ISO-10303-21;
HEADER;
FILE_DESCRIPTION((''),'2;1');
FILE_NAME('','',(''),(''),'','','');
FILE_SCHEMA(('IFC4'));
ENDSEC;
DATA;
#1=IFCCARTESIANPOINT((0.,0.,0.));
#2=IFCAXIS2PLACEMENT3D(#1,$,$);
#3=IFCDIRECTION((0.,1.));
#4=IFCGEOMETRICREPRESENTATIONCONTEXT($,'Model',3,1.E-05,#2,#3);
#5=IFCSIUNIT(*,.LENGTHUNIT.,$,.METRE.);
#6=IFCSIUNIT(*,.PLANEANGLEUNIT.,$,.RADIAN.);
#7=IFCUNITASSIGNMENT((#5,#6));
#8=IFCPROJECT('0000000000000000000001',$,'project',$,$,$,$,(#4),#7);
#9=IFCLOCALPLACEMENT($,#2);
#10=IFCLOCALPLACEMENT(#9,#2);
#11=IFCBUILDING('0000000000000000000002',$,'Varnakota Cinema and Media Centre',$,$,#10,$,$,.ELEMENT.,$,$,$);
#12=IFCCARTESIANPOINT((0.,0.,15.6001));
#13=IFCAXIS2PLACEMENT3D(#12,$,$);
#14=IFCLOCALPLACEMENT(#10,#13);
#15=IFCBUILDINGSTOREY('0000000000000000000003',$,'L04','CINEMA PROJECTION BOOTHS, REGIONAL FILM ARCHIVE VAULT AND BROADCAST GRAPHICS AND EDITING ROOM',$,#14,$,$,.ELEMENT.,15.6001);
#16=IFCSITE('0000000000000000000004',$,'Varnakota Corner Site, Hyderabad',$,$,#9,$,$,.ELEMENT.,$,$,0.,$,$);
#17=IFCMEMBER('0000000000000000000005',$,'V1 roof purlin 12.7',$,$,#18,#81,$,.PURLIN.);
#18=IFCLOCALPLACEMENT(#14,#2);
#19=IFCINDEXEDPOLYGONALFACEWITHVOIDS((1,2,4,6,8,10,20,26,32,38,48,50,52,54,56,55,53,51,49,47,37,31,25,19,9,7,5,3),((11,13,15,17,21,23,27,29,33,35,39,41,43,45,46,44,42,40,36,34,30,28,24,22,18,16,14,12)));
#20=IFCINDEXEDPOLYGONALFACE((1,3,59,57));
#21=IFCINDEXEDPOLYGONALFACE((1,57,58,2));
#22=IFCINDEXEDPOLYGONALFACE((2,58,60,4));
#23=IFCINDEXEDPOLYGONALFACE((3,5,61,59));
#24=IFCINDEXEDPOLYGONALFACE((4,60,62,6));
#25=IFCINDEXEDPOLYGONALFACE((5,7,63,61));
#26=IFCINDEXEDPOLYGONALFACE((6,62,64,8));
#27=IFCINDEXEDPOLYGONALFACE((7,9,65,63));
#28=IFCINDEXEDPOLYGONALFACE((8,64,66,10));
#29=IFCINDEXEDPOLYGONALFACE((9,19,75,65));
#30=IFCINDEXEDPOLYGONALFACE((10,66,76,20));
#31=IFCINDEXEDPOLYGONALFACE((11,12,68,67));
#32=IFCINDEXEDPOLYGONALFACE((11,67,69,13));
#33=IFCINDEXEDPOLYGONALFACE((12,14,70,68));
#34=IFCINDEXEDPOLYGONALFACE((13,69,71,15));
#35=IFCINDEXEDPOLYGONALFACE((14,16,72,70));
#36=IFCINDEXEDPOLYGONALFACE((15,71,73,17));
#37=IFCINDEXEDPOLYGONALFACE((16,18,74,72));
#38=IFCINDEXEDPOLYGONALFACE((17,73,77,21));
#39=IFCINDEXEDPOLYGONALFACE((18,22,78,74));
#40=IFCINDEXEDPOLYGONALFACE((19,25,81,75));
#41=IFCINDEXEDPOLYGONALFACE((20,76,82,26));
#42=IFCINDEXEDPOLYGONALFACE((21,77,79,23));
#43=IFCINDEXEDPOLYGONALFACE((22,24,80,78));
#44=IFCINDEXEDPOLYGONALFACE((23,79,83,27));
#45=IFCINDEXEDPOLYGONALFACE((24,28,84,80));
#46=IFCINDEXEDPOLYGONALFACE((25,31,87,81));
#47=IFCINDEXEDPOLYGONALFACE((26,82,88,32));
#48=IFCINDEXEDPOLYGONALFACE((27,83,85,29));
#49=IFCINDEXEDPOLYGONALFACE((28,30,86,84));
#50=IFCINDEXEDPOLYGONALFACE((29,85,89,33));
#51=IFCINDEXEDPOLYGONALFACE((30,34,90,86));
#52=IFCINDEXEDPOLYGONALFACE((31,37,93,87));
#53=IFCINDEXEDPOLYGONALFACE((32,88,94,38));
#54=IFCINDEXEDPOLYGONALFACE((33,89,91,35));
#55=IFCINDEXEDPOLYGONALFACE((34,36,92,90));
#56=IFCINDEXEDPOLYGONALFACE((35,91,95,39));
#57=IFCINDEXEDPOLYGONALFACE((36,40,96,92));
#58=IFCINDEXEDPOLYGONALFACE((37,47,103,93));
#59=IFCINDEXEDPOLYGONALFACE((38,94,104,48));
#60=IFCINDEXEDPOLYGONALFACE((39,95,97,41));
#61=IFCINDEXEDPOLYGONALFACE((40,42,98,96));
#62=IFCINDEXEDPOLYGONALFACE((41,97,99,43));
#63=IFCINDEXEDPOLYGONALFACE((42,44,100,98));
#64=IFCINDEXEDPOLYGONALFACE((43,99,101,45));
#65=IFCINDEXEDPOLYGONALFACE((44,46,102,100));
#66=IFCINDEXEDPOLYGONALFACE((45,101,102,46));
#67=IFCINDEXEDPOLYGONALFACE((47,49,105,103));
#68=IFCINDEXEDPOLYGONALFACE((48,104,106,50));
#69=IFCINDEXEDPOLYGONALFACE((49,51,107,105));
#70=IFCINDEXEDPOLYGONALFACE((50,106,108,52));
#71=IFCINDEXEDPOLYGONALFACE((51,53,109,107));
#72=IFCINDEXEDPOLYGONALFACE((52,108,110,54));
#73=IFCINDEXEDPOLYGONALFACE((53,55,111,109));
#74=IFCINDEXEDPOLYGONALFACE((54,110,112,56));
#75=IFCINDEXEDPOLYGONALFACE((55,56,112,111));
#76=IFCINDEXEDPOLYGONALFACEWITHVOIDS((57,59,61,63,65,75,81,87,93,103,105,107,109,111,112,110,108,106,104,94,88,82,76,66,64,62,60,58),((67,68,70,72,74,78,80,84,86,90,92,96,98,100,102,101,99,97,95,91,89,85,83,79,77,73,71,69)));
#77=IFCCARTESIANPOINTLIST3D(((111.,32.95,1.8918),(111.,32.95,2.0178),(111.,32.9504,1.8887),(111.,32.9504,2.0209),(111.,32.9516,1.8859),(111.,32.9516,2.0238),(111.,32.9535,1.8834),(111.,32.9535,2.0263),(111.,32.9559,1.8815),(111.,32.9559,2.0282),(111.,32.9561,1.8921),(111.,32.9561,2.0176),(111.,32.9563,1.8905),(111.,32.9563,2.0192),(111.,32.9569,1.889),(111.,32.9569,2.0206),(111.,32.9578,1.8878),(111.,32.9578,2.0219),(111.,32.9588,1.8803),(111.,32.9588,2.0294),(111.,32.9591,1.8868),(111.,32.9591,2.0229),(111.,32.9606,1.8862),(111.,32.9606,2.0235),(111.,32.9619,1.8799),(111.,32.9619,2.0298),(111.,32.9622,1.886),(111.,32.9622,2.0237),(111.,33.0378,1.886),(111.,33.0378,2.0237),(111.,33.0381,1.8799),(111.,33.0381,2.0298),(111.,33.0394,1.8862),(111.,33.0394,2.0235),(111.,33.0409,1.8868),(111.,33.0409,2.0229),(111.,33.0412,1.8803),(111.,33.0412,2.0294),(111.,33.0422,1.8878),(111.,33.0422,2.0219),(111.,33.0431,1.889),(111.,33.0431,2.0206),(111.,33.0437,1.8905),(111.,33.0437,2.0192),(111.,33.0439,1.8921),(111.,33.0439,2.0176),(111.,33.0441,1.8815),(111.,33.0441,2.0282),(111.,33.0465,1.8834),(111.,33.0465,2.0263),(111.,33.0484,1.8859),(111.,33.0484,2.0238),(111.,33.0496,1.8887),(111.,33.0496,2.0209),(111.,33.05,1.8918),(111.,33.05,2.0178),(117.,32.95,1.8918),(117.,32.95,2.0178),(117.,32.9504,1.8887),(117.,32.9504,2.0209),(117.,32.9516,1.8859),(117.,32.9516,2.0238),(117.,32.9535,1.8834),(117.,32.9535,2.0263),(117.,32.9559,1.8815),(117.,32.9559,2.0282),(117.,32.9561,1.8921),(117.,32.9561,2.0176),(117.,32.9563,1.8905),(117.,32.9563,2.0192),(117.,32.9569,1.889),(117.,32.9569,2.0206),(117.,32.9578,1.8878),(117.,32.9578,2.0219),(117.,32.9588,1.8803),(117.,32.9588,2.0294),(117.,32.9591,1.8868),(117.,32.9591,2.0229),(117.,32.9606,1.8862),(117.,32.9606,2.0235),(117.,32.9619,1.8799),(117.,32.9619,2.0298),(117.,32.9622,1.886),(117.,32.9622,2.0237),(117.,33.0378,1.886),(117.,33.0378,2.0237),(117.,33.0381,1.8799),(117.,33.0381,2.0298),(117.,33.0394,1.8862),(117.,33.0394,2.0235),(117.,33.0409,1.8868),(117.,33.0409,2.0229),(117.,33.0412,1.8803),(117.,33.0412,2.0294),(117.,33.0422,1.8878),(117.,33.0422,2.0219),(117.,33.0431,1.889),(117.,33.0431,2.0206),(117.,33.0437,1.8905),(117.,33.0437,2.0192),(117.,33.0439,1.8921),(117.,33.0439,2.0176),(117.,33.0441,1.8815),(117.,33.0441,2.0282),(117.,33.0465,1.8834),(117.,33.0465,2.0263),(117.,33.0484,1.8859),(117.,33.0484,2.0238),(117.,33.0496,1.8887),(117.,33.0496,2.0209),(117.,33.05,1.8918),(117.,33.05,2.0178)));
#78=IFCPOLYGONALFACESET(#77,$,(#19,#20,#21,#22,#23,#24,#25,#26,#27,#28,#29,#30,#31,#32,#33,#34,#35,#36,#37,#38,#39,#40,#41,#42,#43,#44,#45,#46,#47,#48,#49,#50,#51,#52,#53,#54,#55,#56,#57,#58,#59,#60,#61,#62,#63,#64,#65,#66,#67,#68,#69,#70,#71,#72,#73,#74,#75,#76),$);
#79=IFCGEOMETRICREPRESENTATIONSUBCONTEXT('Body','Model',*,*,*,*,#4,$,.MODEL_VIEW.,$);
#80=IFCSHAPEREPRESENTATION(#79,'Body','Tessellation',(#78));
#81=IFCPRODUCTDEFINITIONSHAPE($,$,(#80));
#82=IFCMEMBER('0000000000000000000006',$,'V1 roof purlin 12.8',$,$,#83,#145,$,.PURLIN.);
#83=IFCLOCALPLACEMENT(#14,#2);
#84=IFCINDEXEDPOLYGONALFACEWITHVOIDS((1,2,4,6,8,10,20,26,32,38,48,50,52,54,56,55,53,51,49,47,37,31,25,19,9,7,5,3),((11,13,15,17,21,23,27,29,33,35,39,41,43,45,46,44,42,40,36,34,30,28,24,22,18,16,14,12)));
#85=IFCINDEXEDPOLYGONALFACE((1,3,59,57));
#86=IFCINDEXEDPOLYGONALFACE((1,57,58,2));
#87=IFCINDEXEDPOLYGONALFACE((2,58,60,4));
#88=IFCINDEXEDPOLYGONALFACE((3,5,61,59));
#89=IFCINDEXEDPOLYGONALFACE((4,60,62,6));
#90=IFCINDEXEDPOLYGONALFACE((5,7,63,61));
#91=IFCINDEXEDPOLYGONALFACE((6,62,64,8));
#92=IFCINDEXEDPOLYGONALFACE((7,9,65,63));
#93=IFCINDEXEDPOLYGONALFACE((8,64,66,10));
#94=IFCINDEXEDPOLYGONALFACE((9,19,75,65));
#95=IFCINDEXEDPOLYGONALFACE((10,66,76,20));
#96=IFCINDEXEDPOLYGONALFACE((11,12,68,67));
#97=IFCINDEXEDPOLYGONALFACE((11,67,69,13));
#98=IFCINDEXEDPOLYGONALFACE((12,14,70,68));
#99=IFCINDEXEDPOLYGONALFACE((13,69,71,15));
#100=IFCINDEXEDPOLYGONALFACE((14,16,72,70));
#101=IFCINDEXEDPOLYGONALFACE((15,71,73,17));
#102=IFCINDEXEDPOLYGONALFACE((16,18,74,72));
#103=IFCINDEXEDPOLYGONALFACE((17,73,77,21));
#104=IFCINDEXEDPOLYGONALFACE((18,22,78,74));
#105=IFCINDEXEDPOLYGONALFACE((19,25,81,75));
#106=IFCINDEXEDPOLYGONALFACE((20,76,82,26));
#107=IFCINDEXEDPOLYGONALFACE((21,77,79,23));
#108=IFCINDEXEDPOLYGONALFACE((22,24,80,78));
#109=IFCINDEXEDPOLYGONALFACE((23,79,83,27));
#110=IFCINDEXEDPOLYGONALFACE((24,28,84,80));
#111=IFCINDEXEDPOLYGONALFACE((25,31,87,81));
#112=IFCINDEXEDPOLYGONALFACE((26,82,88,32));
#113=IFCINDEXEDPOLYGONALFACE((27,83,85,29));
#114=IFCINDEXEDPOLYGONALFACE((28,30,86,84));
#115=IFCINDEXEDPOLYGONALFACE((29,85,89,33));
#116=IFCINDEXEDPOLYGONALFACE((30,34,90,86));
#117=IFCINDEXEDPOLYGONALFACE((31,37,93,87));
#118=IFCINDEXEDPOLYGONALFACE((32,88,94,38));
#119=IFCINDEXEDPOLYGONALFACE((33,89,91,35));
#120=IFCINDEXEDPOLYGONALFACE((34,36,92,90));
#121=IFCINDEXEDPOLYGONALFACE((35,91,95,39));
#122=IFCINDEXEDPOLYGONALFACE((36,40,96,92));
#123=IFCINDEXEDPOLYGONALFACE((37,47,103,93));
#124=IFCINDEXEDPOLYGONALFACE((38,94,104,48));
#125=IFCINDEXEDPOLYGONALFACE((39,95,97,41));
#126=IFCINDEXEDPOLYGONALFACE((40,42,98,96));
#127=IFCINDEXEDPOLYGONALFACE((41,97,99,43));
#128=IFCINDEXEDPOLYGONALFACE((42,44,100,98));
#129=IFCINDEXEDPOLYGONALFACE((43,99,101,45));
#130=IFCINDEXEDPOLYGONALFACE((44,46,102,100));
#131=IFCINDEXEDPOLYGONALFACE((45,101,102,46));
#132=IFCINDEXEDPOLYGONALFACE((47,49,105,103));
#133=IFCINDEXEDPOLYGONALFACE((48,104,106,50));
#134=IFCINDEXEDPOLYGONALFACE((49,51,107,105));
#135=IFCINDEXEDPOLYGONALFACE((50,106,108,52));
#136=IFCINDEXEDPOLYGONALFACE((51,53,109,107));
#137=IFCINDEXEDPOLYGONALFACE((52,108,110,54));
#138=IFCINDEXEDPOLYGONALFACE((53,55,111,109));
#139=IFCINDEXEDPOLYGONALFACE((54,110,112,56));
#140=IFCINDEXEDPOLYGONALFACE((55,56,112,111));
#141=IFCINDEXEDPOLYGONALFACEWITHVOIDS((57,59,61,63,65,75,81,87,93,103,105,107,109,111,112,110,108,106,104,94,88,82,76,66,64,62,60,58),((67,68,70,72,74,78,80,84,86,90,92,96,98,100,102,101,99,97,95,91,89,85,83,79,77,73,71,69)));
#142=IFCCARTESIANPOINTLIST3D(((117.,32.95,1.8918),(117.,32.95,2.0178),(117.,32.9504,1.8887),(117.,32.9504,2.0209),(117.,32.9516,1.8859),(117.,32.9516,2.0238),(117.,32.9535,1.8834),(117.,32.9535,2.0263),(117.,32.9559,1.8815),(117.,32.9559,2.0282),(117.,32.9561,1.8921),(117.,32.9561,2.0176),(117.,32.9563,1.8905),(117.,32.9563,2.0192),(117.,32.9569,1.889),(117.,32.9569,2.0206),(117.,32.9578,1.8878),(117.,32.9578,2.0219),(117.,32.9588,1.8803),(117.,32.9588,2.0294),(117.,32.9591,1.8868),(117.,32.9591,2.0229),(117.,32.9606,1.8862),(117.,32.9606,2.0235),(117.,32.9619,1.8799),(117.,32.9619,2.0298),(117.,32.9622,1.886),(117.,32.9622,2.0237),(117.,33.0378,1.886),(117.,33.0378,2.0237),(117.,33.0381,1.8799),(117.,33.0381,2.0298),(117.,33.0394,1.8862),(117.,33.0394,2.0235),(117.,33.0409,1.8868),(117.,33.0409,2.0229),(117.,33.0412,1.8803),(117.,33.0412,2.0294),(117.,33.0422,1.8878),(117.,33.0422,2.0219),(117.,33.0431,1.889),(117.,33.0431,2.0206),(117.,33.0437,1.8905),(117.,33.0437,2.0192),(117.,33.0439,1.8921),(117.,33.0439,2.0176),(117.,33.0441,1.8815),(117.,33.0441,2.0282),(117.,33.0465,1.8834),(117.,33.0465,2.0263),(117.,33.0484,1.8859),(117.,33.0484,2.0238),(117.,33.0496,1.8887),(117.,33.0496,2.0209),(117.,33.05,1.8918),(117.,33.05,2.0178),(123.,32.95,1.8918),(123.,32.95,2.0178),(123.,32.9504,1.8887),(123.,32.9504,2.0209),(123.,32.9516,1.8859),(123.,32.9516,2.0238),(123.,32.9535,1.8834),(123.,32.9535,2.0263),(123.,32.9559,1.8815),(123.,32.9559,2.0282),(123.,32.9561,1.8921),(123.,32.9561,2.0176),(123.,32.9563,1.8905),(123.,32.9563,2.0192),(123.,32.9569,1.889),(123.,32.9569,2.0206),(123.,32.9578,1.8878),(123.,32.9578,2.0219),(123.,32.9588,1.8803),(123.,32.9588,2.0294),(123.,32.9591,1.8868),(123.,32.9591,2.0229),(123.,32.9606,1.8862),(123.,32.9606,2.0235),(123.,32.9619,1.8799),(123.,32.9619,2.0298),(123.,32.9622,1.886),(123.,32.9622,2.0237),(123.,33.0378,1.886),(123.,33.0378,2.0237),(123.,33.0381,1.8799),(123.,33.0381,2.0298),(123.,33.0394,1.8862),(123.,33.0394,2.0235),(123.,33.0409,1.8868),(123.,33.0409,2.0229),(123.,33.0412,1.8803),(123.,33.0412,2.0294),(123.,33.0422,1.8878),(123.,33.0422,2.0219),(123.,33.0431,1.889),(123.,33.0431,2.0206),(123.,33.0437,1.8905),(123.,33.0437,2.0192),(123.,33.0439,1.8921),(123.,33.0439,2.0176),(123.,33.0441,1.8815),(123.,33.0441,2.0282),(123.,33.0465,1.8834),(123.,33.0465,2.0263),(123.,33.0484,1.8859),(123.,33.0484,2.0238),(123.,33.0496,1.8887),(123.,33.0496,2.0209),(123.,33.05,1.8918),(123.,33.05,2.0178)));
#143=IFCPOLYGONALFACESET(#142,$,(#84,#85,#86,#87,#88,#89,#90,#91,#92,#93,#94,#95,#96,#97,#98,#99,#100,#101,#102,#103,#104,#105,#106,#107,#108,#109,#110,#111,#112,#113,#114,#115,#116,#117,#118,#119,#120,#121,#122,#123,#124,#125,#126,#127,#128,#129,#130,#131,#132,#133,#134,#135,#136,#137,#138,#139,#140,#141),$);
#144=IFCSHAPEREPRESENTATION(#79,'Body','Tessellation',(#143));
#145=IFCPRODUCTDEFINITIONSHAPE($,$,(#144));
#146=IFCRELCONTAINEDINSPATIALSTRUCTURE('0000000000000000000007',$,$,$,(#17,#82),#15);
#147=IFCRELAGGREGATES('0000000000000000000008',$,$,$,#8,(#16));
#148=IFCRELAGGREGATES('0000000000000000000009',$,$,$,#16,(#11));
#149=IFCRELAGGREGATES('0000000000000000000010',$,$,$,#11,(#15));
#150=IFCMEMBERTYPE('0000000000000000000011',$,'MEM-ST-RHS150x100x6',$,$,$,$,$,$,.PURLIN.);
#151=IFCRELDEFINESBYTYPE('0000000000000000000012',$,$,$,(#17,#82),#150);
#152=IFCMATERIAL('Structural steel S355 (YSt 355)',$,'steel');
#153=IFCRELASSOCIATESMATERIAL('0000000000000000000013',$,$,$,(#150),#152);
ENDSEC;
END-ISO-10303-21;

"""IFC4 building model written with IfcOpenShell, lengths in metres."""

from ifc_helpers import new_model, si_unit, direction, frame, origin, origin_2d, place, context, subcontext, project, spatial, hollow_rectangle, extrude, material, material_profile, profile_set, type_object, element, save


model = new_model("IFC4")

# Units and contexts
model_context = context("Model", 3, precision=1e-05, world=origin(), true_north=direction((0.0, 1.0)))
body_context = subcontext(model_context, "Body", "Model", "MODEL_VIEW")
ifc_project = project(units=[si_unit("LENGTHUNIT", "METRE"), si_unit("PLANEANGLEUNIT", "RADIAN")], contexts=[model_context])

# Site, building, storey
site_placement = place(None, origin())
site = spatial("IfcSite", under=ifc_project, at=site_placement, Name="Varnakota Corner Site, Hyderabad", CompositionType="ELEMENT", RefElevation=0.0)
building_placement = place(site_placement, origin())
building = spatial("IfcBuilding", under=site, at=building_placement, Name="Varnakota Cinema and Media Centre", CompositionType="ELEMENT")
storey_placement = place(building_placement, frame((0.0, 0.0, 15.6001)))
storey = spatial("IfcBuildingStorey", under=building, at=storey_placement, Name="L04", Description="CINEMA PROJECTION BOOTHS, REGIONAL FILM ARCHIVE VAULT AND BROADCAST GRAPHICS AND EDITING ROOM", CompositionType="ELEMENT", Elevation=15.6001)

# Members
ifc_material_1 = material(Name="Structural steel S355 (YSt 355)", Category="steel")
ifc_material_profile_1 = material_profile(ifc_material_1, hollow_rectangle(XDim=0.1001, YDim=0.1499, WallThickness=0.0061, InnerFilletRadius=0.0061, OuterFilletRadius=0.012, at=origin_2d()), Name="RHS 150x100x6")
ifc_profile_set_1 = profile_set([ifc_material_profile_1], Name="Structural steel S355 (YSt 355)")
member_type_1 = type_object("IfcMemberType", Name="MEM-ST-RHS150x100x6", PredefinedType="PURLIN", material=ifc_profile_set_1)
for number, where, z_axis, x_axis, name in (
    (1, (111.0, 33.0, 1.9548), (1.0, 0.0, 0.0), (0.0, 1.0, 0.0), "V1 roof purlin 12.7"),
    (2, (117.0, 33.0, 1.9548), (1.0, 0.0, 0.0), (0.0, 1.0, 0.0), "V1 roof purlin 12.8"),
):
    element("IfcMember", number, at=place(storey_placement, frame(where, z_axis=z_axis, x_axis=x_axis)), inside=storey, type_object=member_type_1, Name=name, PredefinedType="PURLIN", context=body_context, shape_type="SweptSolid", body=[
        extrude(hollow_rectangle(XDim=0.1001, YDim=0.1499, WallThickness=0.0061, InnerFilletRadius=0.0061, OuterFilletRadius=0.012, at=origin_2d()), origin(), (0.0, 0.0, 1.0), 6.0),
    ])

save(model, "model.ifc")
